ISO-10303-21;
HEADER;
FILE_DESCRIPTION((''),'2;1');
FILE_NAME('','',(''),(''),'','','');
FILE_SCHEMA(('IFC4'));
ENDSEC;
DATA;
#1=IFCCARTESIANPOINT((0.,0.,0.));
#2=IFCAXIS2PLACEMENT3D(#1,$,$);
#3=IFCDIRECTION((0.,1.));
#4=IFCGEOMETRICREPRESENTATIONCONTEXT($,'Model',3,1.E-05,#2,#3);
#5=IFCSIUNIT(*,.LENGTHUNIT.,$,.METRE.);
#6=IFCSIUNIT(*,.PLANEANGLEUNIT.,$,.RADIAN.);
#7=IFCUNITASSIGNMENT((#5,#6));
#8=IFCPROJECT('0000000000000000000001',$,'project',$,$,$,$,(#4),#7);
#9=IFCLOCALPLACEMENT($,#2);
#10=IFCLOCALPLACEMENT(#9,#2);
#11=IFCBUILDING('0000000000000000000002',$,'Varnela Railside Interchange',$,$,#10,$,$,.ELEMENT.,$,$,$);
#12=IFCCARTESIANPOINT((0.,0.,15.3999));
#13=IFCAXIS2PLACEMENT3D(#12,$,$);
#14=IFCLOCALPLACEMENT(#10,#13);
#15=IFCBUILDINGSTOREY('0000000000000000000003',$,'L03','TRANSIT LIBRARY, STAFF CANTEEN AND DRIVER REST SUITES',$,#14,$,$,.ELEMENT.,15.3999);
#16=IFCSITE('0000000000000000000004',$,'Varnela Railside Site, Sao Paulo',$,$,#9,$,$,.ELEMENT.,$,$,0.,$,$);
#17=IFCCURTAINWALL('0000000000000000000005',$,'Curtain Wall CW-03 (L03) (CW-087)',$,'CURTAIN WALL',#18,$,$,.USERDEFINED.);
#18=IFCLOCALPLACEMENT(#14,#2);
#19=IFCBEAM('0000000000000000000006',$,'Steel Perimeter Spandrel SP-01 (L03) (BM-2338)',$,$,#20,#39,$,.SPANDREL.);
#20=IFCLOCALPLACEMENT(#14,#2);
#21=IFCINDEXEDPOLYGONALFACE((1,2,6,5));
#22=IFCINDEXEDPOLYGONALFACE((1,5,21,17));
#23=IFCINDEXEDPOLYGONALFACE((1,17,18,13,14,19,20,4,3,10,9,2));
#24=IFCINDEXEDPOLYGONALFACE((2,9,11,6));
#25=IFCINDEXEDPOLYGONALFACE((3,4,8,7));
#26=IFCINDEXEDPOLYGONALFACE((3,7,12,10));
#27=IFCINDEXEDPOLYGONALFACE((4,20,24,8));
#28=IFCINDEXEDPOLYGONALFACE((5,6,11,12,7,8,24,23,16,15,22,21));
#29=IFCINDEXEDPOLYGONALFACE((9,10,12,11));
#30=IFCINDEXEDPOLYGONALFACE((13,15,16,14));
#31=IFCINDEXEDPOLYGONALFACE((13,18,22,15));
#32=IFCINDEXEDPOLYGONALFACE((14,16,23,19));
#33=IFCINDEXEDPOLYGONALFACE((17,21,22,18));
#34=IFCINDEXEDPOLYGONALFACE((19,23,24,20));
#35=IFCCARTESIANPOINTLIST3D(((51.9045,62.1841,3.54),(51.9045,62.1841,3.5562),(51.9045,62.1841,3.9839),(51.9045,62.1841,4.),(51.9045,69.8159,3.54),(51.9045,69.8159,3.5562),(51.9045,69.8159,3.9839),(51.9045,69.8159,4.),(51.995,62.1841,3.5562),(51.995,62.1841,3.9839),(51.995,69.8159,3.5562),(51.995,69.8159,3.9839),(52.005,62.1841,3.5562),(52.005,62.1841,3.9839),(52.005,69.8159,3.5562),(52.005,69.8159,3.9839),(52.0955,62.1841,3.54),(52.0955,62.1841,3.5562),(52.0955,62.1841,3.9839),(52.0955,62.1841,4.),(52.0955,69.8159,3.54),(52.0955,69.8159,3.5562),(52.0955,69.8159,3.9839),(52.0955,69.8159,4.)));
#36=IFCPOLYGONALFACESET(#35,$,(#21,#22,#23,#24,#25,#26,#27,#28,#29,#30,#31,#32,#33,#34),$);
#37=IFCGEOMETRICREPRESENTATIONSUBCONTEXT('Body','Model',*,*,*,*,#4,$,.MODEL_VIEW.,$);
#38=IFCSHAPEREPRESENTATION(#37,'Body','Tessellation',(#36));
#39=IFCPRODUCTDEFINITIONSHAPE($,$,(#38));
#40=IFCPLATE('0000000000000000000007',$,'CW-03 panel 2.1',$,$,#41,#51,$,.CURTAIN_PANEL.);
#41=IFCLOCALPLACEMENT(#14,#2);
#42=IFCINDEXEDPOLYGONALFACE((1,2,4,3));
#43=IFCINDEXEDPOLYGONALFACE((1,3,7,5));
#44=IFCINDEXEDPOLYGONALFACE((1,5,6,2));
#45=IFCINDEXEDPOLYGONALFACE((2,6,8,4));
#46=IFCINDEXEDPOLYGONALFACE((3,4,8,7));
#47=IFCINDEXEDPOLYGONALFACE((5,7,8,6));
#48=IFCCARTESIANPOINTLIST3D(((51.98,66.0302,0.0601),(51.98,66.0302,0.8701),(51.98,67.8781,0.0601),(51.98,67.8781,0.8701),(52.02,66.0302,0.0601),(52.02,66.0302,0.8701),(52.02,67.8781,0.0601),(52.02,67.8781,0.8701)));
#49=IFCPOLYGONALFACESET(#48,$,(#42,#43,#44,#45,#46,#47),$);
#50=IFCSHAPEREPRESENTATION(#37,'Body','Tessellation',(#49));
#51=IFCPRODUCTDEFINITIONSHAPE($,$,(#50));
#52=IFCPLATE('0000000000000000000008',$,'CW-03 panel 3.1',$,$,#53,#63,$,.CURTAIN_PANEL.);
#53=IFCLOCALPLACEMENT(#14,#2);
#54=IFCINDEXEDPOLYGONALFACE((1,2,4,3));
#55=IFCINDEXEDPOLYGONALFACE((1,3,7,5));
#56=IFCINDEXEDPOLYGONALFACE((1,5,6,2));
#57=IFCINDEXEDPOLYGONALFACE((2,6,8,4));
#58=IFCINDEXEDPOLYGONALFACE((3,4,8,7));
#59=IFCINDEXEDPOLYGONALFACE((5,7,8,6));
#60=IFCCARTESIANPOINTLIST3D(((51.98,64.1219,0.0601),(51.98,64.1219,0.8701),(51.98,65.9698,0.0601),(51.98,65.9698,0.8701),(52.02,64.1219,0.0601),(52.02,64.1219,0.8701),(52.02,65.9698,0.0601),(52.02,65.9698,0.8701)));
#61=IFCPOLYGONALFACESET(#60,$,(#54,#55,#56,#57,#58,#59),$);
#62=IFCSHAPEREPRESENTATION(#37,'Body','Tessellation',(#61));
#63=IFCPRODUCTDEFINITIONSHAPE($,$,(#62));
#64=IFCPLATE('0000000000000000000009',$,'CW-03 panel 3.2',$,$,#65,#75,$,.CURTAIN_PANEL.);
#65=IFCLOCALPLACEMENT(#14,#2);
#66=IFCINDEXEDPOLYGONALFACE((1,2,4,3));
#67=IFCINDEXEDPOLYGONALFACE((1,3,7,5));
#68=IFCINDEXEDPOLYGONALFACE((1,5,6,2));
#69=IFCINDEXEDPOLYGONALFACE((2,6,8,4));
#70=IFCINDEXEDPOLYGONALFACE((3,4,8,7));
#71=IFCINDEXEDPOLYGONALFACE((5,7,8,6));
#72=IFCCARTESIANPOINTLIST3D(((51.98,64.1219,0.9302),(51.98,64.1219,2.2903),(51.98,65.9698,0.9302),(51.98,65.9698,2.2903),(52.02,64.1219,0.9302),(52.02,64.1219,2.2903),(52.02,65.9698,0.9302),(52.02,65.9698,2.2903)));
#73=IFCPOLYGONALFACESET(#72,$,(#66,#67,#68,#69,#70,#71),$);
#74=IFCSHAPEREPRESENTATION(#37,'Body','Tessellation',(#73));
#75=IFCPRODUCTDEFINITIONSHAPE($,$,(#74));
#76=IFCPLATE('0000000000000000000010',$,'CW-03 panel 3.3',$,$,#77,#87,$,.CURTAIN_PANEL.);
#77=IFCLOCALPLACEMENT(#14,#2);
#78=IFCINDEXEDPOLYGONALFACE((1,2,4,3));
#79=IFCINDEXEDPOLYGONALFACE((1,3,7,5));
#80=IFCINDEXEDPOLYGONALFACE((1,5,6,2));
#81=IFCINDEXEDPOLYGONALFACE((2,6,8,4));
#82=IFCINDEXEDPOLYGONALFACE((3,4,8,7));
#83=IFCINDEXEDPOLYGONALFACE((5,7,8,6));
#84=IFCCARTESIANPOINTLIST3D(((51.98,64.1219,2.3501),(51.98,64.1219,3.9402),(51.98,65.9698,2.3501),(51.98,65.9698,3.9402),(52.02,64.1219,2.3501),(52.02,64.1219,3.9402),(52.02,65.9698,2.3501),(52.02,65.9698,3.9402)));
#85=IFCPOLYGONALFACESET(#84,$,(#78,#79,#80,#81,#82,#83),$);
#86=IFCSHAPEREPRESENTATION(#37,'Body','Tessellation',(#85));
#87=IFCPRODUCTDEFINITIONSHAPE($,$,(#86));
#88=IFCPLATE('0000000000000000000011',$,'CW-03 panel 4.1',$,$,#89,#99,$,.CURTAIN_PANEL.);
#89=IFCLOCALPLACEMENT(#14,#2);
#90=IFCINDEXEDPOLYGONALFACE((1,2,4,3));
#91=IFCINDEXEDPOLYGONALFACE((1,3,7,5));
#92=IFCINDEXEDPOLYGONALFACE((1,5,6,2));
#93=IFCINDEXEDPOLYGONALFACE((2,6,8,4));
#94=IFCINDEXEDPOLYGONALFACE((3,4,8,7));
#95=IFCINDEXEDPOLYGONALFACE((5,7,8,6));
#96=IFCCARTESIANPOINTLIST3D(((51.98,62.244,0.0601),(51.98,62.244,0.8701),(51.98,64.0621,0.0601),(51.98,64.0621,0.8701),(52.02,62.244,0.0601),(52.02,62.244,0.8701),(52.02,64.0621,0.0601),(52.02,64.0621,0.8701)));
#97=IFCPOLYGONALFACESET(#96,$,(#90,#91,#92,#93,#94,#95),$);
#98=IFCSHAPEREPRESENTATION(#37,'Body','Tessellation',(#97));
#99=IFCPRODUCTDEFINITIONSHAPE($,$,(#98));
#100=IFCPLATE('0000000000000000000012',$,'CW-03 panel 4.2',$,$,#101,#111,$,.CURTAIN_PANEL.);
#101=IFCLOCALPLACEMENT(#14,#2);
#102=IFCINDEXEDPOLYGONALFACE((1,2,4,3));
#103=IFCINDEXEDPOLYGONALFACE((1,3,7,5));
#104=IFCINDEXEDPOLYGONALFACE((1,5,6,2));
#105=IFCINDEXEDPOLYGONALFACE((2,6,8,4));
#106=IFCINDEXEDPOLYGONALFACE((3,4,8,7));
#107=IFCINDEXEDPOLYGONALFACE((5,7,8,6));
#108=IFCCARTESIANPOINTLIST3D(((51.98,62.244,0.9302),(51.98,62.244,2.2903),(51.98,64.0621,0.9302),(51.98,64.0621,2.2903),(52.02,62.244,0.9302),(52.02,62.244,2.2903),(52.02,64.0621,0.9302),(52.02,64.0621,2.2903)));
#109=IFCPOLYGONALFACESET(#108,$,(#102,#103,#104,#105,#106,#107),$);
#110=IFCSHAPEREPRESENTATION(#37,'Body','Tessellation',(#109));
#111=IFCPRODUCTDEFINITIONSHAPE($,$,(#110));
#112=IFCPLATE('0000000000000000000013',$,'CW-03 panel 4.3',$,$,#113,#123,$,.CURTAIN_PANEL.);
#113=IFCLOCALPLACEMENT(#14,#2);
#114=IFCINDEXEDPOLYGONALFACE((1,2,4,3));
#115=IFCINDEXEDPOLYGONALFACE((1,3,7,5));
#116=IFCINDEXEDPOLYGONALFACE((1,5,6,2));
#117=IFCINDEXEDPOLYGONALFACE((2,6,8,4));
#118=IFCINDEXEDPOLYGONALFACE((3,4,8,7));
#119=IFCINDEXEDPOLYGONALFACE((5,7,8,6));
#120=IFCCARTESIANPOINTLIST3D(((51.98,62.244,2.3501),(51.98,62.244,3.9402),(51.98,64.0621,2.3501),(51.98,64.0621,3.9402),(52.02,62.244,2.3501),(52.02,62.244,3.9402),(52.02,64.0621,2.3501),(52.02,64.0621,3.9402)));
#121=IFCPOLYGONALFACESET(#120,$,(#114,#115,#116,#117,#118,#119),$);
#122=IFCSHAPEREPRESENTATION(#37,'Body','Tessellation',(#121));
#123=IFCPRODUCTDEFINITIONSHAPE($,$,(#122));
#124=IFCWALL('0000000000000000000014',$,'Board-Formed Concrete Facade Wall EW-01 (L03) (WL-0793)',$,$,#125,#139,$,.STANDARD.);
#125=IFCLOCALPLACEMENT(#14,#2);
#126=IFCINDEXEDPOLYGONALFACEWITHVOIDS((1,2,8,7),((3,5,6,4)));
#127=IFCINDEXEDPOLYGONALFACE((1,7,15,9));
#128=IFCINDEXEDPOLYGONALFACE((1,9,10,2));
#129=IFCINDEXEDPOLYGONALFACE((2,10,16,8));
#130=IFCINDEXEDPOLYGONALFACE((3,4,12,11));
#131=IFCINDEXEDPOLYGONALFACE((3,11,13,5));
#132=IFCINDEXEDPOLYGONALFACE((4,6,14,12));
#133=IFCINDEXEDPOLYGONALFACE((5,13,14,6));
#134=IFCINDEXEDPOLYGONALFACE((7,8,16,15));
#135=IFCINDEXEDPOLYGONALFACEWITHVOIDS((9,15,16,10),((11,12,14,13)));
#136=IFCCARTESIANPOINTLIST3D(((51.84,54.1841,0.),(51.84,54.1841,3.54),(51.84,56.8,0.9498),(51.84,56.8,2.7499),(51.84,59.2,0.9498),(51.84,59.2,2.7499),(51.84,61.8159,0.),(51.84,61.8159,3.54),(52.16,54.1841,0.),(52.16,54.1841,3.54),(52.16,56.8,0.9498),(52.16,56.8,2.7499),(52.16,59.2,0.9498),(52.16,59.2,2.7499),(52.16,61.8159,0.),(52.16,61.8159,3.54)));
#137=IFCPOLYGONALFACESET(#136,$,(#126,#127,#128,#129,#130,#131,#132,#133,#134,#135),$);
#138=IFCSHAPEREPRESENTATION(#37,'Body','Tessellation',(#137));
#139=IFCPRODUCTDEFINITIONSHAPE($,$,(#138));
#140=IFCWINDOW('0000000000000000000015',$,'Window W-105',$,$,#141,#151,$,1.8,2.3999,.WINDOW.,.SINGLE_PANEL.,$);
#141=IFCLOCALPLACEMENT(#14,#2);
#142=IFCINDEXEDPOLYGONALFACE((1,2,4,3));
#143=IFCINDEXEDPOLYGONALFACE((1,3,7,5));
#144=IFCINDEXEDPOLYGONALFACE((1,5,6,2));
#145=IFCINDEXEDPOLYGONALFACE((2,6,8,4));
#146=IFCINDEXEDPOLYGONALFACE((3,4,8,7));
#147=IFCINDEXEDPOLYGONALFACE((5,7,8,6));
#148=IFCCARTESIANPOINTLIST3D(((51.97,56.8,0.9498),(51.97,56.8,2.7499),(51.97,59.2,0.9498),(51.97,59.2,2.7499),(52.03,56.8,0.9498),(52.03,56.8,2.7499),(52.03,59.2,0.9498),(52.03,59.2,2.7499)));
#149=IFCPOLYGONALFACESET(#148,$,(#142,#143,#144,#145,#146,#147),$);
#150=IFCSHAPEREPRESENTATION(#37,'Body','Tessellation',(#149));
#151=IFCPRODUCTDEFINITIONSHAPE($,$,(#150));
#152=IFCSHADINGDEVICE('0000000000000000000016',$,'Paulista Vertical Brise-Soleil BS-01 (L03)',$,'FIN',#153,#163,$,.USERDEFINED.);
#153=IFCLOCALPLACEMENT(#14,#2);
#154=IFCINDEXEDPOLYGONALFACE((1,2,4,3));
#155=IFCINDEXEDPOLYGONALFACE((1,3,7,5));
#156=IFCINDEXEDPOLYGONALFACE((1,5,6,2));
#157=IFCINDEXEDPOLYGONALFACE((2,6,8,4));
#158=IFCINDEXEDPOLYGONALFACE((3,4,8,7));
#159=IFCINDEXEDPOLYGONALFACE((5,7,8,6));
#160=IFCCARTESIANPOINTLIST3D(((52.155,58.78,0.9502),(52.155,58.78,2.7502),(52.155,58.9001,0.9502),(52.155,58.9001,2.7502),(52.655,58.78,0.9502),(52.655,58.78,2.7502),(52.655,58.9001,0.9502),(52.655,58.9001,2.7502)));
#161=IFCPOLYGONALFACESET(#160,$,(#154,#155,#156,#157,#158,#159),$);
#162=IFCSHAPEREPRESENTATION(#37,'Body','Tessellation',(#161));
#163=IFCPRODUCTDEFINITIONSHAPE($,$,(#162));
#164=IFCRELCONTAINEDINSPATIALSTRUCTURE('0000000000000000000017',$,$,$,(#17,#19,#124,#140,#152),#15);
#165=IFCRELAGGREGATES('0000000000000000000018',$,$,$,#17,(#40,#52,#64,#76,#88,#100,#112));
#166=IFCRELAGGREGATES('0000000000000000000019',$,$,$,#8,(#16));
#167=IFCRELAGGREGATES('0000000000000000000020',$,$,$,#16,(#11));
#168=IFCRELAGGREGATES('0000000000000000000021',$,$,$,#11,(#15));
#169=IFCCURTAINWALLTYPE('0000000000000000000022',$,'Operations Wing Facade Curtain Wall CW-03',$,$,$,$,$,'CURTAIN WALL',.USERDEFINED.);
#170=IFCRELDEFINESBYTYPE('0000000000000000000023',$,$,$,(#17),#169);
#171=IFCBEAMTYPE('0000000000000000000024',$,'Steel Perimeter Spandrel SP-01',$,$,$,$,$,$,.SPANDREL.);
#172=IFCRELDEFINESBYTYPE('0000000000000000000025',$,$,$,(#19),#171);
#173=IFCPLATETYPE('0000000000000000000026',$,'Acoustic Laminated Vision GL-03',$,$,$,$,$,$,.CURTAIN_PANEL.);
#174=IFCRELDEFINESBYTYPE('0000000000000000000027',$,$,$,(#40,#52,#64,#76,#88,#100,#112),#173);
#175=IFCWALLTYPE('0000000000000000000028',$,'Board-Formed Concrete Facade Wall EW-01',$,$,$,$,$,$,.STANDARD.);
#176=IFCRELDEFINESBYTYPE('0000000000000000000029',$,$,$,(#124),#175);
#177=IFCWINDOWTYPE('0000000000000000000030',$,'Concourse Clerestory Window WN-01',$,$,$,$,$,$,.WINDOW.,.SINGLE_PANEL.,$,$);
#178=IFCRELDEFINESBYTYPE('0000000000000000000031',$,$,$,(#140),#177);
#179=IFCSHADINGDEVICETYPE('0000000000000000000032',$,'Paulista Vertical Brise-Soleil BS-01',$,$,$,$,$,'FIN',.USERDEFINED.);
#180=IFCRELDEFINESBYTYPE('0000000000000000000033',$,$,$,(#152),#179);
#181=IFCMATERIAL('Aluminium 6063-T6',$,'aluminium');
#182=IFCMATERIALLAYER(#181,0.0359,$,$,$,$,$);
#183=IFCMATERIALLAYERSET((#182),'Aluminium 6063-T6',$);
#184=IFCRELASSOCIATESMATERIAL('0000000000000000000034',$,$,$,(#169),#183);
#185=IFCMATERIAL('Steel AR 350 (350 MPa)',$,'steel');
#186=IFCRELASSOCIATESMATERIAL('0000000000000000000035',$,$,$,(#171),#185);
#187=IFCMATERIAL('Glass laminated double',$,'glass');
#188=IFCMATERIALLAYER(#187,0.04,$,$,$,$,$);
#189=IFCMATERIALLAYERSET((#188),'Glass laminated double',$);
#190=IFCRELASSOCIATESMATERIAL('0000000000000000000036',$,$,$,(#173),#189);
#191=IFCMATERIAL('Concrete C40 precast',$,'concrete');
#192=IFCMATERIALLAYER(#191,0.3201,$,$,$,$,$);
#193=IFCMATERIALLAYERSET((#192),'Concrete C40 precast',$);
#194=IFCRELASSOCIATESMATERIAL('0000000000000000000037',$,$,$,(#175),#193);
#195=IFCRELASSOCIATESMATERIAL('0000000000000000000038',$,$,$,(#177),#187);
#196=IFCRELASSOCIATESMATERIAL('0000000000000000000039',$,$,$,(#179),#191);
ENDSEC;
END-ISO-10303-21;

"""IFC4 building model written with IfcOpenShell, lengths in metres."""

from ifc_helpers import new_model, si_unit, direction, frame, frame_2d, origin, origin_2d, place, context, subcontext, project, spatial, rectangle, i_section, extrude, material, layer, layer_set, material_profile, profile_set, type_object, element, fill, aggregate, save


model = new_model("IFC4")

# Units and contexts
model_context = context("Model", 3, precision=1e-05, world=origin(), true_north=direction((0.0, 1.0)))
body_context = subcontext(model_context, "Body", "Model", "MODEL_VIEW")
ifc_project = project(units=[si_unit("LENGTHUNIT", "METRE"), si_unit("PLANEANGLEUNIT", "RADIAN")], contexts=[model_context])

# Site, building, storey
site_placement = place(None, origin())
site = spatial("IfcSite", under=ifc_project, at=site_placement, Name="Varnela Railside Site, Sao Paulo", CompositionType="ELEMENT", RefElevation=0.0)
building_placement = place(site_placement, origin())
building = spatial("IfcBuilding", under=site, at=building_placement, Name="Varnela Railside Interchange", CompositionType="ELEMENT")
storey_placement = place(building_placement, frame((0.0, 0.0, 15.3999)))
storey = spatial("IfcBuildingStorey", under=building, at=storey_placement, Name="L03", Description="TRANSIT LIBRARY, STAFF CANTEEN AND DRIVER REST SUITES", CompositionType="ELEMENT", Elevation=15.3999)

# Shared definitions
ifc_material_1 = material(Name="Steel AR 350 (350 MPa)", Category="steel")

# Curtain wall
ifc_material_2 = material(Name="Aluminium 6063-T6", Category="aluminium")
ifc_layer_1 = layer(ifc_material_2, 0.0359)
ifc_layer_set_1 = layer_set([ifc_layer_1], Name="Aluminium 6063-T6")
curtain_wall_type = type_object("IfcCurtainWallType", Name="Operations Wing Facade Curtain Wall CW-03", ElementType="CURTAIN WALL", PredefinedType="USERDEFINED", material=ifc_layer_set_1)
curtain_wall_placement = place(storey_placement, origin())
curtain_wall = element("IfcCurtainWall", 1, at=curtain_wall_placement, inside=storey, type_object=curtain_wall_type, Name="Curtain Wall CW-03 (L03) (CW-087)", ObjectType="CURTAIN WALL", PredefinedType="USERDEFINED")

# Beam
ifc_material_profile_1 = material_profile(ifc_material_1, i_section(OverallWidth=0.1909, OverallDepth=0.46, WebThickness=0.01, FlangeThickness=0.0161, at=origin_2d()), Name="W460x82")
ifc_profile_set_1 = profile_set([ifc_material_profile_1], Name="Steel AR 350 (350 MPa)")
beam_type = type_object("IfcBeamType", Name="Steel Perimeter Spandrel SP-01", PredefinedType="SPANDREL", material=ifc_profile_set_1)
beam_placement = place(storey_placement, frame((52.0, 62.1841, 3.77), z_axis=(0.0, 1.0, 0.0), x_axis=(-1.0, 0.0, 0.0)))
element("IfcBeam", 2, at=beam_placement, inside=storey, type_object=beam_type, Name="Steel Perimeter Spandrel SP-01 (L03) (BM-2338)", PredefinedType="SPANDREL", context=body_context, shape_type="SweptSolid", body=[
    extrude(i_section(OverallWidth=0.1909, OverallDepth=0.46, WebThickness=0.01, FlangeThickness=0.0161, at=origin_2d()), origin(), (0.0, 0.0, 1.0), 7.6318),
])

# Plates
ifc_material_3 = material(Name="Glass laminated double", Category="glass")
ifc_layer_2 = layer(ifc_material_3, 0.04)
ifc_layer_set_2 = layer_set([ifc_layer_2], Name="Glass laminated double")
plate_type = type_object("IfcPlateType", Name="Acoustic Laminated Vision GL-03", PredefinedType="CURTAIN_PANEL", material=ifc_layer_set_2)
plate_1_placement = place(storey_placement, frame((52.0, 66.9541, 0.0601), z_axis=(0.0, 0.0, 1.0), x_axis=(0.0, -1.0, 0.0)))
plate_1 = element("IfcPlate", 3, at=plate_1_placement, type_object=plate_type, Name="CW-03 panel 2.1", PredefinedType="CURTAIN_PANEL", context=body_context, shape_type="SweptSolid", body=[
    extrude(rectangle(XDim=1.8479, YDim=0.04, at=origin_2d()), origin(), (0.0, 0.0, 1.0), 0.8101),
])
plate_2_placement = place(storey_placement, frame((52.0, 65.0459, 0.0601), z_axis=(0.0, 0.0, 1.0), x_axis=(0.0, -1.0, 0.0)))
plate_2 = element("IfcPlate", 4, at=plate_2_placement, type_object=plate_type, Name="CW-03 panel 3.1", PredefinedType="CURTAIN_PANEL", context=body_context, shape_type="SweptSolid", body=[
    extrude(rectangle(XDim=1.8479, YDim=0.04, at=origin_2d()), origin(), (0.0, 0.0, 1.0), 0.8101),
])
plate_3_placement = place(storey_placement, frame((52.0, 65.0459, 0.9302), z_axis=(0.0, 0.0, 1.0), x_axis=(0.0, -1.0, 0.0)))
plate_3 = element("IfcPlate", 5, at=plate_3_placement, type_object=plate_type, Name="CW-03 panel 3.2", PredefinedType="CURTAIN_PANEL", context=body_context, shape_type="SweptSolid", body=[
    extrude(rectangle(XDim=1.8479, YDim=0.04, at=origin_2d()), origin(), (0.0, 0.0, 1.0), 1.3601),
])
plate_4_placement = place(storey_placement, frame((52.0, 65.0459, 2.3501), z_axis=(0.0, 0.0, 1.0), x_axis=(0.0, -1.0, 0.0)))
plate_4 = element("IfcPlate", 6, at=plate_4_placement, type_object=plate_type, Name="CW-03 panel 3.3", PredefinedType="CURTAIN_PANEL", context=body_context, shape_type="SweptSolid", body=[
    extrude(rectangle(XDim=1.8479, YDim=0.04, at=origin_2d()), origin(), (0.0, 0.0, 1.0), 1.5901),
])
plate_5_placement = place(storey_placement, frame((52.0, 63.1531, 0.0601), z_axis=(0.0, 0.0, 1.0), x_axis=(0.0, -1.0, 0.0)))
plate_5 = element("IfcPlate", 7, at=plate_5_placement, type_object=plate_type, Name="CW-03 panel 4.1", PredefinedType="CURTAIN_PANEL", context=body_context, shape_type="SweptSolid", body=[
    extrude(rectangle(XDim=1.8181, YDim=0.04, at=origin_2d()), origin(), (0.0, 0.0, 1.0), 0.8101),
])
plate_6_placement = place(storey_placement, frame((52.0, 63.1531, 0.9302), z_axis=(0.0, 0.0, 1.0), x_axis=(0.0, -1.0, 0.0)))
plate_6 = element("IfcPlate", 8, at=plate_6_placement, type_object=plate_type, Name="CW-03 panel 4.2", PredefinedType="CURTAIN_PANEL", context=body_context, shape_type="SweptSolid", body=[
    extrude(rectangle(XDim=1.8181, YDim=0.04, at=origin_2d()), origin(), (0.0, 0.0, 1.0), 1.3601),
])
plate_7_placement = place(storey_placement, frame((52.0, 63.1531, 2.3501), z_axis=(0.0, 0.0, 1.0), x_axis=(0.0, -1.0, 0.0)))
plate_7 = element("IfcPlate", 9, at=plate_7_placement, type_object=plate_type, Name="CW-03 panel 4.3", PredefinedType="CURTAIN_PANEL", context=body_context, shape_type="SweptSolid", body=[
    extrude(rectangle(XDim=1.8181, YDim=0.04, at=origin_2d()), origin(), (0.0, 0.0, 1.0), 1.5901),
])
aggregate(curtain_wall, [plate_1, plate_2, plate_3, plate_4, plate_5, plate_6, plate_7])

# Wall, opening, window
ifc_material_4 = material(Name="Concrete C40 precast", Category="concrete")
ifc_layer_3 = layer(ifc_material_4, 0.3201)
ifc_layer_set_3 = layer_set([ifc_layer_3], Name="Concrete C40 precast")
wall_type = type_object("IfcWallType", Name="Board-Formed Concrete Facade Wall EW-01", PredefinedType="STANDARD", material=ifc_layer_set_3)
wall_placement = place(storey_placement, frame((52.0, 61.8159, 0.0), z_axis=(0.0, 0.0, 1.0), x_axis=(0.0, -1.0, 0.0)))
wall = element("IfcWall", 10, at=wall_placement, inside=storey, type_object=wall_type, Name="Board-Formed Concrete Facade Wall EW-01 (L03) (WL-0793)", PredefinedType="STANDARD", context=body_context, shape_type="SweptSolid", body=[
    extrude(rectangle(XDim=7.6318, YDim=0.3201, at=frame_2d((3.8159, 0.0))), origin(), (0.0, 0.0, 1.0), 3.54),
])
opening_placement = place(wall_placement, frame((2.616, 0.0, 0.95)))
opening = element("IfcOpeningElement", 11, at=opening_placement, cuts=wall, PredefinedType="OPENING", context=body_context, shape_type="SweptSolid", body=[
    extrude(rectangle(XDim=2.3999, YDim=1.8, at=frame_2d((1.2, 0.8999))), frame((0.0, 0.1699, 0.0), z_axis=(0.0, -1.0, 0.0), x_axis=(1.0, 0.0, 0.0)), (0.0, 0.0, 1.0), 0.3401),
])
window_type = type_object("IfcWindowType", Name="Concourse Clerestory Window WN-01", PartitioningType="SINGLE_PANEL", PredefinedType="WINDOW", material=ifc_material_3)
window_placement = place(opening_placement, origin())
window = element("IfcWindow", 12, at=window_placement, inside=storey, type_object=window_type, Name="Window W-105", OverallHeight=1.8, OverallWidth=2.3999, PartitioningType="SINGLE_PANEL", PredefinedType="WINDOW", context=body_context, shape_type="SweptSolid", body=[
    extrude(rectangle(XDim=2.3999, YDim=1.8, at=frame_2d((1.2, 0.8999))), frame((0.0, 0.03, 0.0), z_axis=(0.0, -1.0, 0.0), x_axis=(1.0, 0.0, 0.0)), (0.0, 0.0, 1.0), 0.0601),
])
fill(opening, window)

# Shading device
shading_device_type = type_object("IfcShadingDeviceType", Name="Paulista Vertical Brise-Soleil BS-01", ElementType="FIN", PredefinedType="USERDEFINED", material=ifc_material_4)
shading_device_placement = place(storey_placement, frame((52.405, 58.8401, 0.9502), z_axis=(0.0, 0.0, 1.0), x_axis=(1.0, 0.0, 0.0)))
element("IfcShadingDevice", 13, at=shading_device_placement, inside=storey, type_object=shading_device_type, Name="Paulista Vertical Brise-Soleil BS-01 (L03)", ObjectType="FIN", PredefinedType="USERDEFINED", context=body_context, shape_type="SweptSolid", body=[
    extrude(rectangle(XDim=0.5, YDim=0.1201, at=origin_2d()), origin(), (0.0, 0.0, 1.0), 1.8),
])

save(model, "model.ifc")
